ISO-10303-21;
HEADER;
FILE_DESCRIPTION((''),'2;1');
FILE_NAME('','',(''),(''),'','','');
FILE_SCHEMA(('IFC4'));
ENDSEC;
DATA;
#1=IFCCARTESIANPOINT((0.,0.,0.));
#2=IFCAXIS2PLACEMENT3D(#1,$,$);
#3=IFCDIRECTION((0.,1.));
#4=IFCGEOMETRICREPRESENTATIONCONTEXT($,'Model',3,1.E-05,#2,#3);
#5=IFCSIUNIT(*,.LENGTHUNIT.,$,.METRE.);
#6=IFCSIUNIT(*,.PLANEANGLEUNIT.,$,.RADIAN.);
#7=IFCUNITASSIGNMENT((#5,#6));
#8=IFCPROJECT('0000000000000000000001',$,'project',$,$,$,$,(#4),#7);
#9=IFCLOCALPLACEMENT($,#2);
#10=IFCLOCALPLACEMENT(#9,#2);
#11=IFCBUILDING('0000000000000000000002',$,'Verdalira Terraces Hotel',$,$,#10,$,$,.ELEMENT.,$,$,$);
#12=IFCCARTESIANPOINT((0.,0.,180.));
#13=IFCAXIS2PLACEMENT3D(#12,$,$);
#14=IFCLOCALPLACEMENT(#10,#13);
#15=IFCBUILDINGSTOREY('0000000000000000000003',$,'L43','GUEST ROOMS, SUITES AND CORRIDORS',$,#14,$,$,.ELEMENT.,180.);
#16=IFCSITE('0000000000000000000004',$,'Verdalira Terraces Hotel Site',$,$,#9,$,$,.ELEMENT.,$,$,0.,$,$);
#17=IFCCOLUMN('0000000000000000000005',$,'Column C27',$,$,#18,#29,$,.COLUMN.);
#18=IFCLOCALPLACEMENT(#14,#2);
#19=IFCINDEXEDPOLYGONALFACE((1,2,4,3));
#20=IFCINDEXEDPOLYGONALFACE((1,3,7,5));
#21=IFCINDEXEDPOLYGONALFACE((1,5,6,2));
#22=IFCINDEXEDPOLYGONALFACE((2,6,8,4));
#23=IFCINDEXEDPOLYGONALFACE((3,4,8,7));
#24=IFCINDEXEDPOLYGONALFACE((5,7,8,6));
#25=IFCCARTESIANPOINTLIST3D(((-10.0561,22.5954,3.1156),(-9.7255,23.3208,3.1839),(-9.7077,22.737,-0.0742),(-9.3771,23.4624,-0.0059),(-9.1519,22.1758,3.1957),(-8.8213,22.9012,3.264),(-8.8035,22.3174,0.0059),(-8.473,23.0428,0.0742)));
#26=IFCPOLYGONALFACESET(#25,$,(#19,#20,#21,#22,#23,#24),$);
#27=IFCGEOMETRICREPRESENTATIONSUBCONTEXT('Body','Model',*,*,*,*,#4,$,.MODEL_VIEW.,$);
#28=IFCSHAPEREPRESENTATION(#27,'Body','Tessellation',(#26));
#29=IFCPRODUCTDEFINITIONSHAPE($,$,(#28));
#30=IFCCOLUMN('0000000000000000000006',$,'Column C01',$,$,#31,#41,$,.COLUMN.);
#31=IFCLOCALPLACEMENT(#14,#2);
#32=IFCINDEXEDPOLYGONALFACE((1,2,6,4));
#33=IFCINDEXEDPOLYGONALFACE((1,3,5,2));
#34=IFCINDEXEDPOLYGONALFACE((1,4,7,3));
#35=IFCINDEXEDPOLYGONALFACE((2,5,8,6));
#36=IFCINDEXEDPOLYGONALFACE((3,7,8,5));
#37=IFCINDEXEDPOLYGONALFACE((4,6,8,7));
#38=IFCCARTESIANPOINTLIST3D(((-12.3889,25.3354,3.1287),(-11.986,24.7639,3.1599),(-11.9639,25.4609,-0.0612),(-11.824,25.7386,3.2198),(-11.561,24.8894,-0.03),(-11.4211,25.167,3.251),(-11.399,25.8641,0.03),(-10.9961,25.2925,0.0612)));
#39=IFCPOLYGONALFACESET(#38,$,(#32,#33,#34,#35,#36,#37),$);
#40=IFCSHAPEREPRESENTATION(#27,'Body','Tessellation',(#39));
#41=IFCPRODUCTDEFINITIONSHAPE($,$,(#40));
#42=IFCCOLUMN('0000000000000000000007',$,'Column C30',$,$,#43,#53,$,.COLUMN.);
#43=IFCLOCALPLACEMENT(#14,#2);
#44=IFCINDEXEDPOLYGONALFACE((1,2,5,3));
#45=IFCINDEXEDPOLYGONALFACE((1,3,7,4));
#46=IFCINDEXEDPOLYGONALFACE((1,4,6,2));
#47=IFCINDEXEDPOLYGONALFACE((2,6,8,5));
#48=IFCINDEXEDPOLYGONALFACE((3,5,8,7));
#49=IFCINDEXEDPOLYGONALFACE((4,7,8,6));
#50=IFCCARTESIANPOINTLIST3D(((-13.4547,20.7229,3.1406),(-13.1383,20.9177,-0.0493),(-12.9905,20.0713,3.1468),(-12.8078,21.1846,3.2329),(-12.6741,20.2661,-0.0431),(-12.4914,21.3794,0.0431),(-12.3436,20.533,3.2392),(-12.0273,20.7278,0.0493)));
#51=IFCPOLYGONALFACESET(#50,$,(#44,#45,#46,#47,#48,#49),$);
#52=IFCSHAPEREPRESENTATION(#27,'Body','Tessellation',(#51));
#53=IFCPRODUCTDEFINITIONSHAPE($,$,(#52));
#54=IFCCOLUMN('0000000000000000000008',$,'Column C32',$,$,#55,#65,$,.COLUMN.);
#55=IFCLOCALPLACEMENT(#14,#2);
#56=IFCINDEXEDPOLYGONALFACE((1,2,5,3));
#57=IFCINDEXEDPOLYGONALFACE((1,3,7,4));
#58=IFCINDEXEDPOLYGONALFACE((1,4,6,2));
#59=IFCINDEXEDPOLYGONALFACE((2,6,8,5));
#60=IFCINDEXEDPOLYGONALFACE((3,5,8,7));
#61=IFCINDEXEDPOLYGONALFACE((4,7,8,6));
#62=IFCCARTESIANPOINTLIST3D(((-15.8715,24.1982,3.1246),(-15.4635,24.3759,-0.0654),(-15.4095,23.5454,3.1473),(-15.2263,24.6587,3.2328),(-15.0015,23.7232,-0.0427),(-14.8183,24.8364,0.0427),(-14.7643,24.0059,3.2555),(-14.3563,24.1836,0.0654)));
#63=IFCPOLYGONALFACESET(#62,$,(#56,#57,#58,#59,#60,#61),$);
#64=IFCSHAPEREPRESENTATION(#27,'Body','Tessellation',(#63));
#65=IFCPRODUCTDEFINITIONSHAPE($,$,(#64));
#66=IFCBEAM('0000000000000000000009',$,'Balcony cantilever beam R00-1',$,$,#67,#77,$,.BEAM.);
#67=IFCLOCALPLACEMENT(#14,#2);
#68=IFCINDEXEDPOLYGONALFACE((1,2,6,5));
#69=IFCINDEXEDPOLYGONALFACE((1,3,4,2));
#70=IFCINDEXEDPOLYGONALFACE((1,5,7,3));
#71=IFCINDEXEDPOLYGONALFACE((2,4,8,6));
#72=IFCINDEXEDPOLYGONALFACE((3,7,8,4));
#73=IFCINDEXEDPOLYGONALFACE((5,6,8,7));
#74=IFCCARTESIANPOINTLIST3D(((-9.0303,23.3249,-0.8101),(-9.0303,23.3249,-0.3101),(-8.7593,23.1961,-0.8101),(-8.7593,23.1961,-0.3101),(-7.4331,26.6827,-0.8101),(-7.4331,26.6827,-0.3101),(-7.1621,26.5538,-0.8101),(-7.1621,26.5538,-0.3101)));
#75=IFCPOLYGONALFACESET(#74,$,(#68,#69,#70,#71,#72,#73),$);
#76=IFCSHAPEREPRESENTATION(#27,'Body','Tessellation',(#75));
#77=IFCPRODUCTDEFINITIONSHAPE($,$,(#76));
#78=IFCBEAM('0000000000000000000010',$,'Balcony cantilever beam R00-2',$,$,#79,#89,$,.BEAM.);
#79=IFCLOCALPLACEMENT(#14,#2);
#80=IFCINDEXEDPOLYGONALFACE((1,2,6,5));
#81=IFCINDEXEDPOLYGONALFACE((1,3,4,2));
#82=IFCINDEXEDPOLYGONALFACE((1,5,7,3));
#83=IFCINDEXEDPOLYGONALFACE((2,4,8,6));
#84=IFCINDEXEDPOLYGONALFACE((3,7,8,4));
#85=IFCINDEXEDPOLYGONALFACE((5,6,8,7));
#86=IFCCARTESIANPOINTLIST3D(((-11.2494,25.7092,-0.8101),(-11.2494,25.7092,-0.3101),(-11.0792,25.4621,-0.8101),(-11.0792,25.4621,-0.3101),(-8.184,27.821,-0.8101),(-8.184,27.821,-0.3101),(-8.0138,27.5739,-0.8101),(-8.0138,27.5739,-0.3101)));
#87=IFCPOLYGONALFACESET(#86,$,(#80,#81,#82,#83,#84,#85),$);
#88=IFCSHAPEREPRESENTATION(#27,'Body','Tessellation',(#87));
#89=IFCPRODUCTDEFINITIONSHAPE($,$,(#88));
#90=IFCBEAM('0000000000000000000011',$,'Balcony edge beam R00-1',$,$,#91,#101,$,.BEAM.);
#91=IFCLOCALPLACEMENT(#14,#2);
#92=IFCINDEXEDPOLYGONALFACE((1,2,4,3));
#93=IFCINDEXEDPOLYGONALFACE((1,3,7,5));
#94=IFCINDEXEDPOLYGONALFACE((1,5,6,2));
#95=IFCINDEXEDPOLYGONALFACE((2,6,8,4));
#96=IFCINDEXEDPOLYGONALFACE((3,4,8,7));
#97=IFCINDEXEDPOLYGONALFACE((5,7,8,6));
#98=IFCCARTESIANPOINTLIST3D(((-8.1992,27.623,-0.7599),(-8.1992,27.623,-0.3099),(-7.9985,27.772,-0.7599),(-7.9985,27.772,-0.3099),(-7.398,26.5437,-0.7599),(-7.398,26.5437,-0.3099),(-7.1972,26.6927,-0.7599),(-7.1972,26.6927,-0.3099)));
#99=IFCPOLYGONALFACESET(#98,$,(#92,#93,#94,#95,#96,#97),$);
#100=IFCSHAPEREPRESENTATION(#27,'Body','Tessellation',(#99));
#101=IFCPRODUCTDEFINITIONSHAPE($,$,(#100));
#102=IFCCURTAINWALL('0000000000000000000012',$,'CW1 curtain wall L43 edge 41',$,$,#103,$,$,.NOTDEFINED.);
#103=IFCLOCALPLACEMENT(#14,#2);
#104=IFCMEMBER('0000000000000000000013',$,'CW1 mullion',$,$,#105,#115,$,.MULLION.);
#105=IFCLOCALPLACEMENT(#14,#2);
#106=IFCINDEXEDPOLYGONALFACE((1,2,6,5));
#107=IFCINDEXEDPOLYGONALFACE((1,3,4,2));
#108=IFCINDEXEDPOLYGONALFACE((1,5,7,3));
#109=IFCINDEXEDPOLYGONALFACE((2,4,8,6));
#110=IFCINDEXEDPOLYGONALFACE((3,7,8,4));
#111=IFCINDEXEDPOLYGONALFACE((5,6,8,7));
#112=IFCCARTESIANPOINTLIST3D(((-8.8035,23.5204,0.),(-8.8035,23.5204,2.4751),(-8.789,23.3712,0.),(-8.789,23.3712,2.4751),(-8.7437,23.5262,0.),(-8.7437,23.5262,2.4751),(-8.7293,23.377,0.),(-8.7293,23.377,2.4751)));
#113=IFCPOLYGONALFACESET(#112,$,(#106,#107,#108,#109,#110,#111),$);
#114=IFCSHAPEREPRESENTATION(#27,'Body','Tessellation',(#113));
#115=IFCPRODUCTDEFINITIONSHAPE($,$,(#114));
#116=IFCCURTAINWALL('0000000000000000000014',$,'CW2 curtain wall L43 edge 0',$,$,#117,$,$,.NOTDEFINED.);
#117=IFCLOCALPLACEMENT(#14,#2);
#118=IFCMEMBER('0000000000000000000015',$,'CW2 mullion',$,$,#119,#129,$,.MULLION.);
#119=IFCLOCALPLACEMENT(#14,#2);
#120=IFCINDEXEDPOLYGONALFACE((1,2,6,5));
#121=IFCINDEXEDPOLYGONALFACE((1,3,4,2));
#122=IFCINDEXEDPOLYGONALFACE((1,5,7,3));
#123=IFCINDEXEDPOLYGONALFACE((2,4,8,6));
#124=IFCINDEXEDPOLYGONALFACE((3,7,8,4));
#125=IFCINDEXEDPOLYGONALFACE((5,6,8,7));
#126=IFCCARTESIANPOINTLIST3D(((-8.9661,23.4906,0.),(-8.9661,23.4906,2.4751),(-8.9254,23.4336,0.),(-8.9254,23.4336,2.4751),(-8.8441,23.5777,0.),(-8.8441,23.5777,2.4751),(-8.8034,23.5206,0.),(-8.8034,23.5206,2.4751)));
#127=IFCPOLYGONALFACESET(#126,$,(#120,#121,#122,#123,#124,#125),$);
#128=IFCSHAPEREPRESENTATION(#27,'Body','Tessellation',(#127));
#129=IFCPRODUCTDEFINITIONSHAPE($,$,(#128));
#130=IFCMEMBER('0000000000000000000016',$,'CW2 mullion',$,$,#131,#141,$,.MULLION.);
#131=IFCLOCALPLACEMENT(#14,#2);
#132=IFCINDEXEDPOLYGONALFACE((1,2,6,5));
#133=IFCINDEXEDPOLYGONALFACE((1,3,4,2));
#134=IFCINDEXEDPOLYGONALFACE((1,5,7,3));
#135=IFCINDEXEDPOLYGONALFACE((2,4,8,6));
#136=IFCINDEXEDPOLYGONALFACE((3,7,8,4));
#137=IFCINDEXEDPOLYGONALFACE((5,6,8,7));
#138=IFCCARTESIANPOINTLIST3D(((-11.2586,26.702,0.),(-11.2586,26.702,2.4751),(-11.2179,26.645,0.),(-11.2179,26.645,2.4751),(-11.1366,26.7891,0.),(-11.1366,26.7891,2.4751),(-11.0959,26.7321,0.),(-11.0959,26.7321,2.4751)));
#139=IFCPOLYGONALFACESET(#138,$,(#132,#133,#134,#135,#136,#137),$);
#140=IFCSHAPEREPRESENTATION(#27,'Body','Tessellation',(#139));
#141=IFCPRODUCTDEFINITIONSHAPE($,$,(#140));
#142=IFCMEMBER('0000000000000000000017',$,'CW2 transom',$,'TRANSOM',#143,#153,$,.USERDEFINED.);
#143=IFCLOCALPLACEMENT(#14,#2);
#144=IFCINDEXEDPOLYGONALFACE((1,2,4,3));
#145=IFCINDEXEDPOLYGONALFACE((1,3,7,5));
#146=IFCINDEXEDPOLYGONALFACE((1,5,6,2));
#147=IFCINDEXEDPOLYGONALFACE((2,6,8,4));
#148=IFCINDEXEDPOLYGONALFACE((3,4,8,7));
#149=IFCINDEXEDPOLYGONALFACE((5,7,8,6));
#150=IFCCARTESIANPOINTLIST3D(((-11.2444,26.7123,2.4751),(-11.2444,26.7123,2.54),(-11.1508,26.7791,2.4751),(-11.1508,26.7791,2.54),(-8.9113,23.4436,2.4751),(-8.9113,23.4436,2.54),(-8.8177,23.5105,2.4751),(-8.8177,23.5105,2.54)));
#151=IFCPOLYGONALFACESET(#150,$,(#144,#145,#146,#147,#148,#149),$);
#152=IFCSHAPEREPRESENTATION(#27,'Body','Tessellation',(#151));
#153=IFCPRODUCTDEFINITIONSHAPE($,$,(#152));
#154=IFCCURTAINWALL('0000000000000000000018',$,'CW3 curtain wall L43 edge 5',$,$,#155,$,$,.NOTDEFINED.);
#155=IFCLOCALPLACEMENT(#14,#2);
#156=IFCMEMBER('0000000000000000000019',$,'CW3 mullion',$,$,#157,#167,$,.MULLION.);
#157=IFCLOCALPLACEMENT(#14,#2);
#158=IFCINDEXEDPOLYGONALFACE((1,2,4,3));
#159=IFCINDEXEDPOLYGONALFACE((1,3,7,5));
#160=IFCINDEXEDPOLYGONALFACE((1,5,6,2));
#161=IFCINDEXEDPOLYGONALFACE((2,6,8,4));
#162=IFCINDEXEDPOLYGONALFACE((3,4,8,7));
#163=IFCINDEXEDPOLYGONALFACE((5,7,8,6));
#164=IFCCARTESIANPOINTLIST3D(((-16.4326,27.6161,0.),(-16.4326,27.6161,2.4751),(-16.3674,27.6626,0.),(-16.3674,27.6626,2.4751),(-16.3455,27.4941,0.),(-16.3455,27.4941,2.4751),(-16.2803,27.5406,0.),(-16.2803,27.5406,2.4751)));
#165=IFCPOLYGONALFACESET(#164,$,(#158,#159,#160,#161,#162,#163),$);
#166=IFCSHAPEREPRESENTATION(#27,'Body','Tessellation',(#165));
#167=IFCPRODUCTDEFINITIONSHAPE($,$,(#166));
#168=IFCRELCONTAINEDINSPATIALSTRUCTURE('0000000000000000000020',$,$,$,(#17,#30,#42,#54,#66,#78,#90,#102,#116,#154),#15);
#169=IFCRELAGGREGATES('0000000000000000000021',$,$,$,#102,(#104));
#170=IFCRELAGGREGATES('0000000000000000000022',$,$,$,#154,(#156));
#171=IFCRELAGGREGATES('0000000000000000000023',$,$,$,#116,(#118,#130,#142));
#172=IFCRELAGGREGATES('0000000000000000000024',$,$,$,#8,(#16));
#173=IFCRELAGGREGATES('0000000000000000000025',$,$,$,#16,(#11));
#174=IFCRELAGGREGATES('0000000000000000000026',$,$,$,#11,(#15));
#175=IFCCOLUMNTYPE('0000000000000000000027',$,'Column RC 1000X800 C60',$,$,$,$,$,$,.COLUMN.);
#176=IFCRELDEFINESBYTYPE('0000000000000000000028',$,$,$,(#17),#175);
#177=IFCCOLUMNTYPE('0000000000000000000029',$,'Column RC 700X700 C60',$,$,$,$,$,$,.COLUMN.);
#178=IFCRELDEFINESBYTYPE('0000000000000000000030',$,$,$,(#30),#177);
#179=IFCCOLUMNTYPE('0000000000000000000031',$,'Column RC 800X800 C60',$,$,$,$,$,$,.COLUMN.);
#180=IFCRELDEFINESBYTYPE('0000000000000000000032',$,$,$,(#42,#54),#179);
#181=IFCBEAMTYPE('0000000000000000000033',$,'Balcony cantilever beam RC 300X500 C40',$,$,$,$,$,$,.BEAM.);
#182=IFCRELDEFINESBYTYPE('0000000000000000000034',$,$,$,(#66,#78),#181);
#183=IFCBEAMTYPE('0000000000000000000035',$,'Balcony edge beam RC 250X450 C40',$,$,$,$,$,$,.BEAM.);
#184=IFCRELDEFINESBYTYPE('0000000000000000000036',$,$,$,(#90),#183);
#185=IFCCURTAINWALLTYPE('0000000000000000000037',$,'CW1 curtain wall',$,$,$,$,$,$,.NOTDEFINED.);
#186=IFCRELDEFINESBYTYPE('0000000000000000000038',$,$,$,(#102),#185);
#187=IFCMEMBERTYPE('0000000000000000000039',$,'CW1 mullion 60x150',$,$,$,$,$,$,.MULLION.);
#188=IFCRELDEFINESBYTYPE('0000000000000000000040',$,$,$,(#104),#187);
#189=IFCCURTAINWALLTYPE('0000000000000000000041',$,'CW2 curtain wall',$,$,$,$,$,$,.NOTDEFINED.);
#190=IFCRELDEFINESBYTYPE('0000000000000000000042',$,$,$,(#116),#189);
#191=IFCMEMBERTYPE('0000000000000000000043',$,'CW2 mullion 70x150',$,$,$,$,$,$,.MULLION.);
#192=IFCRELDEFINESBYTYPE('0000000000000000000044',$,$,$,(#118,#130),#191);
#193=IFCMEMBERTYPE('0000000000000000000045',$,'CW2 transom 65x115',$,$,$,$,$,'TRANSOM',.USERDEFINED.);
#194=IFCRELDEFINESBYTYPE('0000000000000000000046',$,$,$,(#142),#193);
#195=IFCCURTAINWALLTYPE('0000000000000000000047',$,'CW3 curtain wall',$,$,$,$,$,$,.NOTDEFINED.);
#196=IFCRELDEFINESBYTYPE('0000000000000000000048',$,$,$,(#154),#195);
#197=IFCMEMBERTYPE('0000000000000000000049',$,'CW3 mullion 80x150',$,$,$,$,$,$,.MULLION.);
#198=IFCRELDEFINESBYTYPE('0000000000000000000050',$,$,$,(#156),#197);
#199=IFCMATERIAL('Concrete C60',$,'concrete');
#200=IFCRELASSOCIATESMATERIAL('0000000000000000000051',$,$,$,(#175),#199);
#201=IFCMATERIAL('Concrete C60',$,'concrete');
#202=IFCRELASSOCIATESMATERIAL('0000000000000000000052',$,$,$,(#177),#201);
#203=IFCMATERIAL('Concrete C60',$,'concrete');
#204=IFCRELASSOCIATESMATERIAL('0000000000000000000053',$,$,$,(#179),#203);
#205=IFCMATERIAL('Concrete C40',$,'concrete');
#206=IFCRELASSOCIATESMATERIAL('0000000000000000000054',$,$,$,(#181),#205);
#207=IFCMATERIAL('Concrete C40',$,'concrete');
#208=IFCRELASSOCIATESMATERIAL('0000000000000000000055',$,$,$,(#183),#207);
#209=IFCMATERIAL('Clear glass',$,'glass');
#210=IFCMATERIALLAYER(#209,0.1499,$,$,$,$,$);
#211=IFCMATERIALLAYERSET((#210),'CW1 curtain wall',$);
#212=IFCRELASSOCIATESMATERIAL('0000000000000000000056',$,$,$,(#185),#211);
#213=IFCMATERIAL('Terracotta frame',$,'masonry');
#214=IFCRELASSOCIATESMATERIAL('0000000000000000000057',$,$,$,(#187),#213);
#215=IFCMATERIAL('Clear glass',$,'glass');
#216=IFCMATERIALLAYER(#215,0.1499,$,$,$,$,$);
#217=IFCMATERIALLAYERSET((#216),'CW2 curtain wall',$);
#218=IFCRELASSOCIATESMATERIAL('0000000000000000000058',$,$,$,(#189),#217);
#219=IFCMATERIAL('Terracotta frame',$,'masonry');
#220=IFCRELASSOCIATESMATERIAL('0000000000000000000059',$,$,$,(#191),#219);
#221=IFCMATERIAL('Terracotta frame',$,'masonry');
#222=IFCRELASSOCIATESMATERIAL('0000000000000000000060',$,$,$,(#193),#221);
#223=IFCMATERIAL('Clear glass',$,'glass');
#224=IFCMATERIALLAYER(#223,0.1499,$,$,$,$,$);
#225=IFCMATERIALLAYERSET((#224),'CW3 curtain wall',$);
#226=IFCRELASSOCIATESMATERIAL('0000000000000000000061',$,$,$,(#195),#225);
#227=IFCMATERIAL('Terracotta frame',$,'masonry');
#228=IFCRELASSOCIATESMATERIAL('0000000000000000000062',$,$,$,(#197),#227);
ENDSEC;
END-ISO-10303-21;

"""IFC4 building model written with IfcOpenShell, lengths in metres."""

from ifc_helpers import new_model, si_unit, direction, frame, origin, origin_2d, place, context, subcontext, project, spatial, rectangle, extrude, material, layer, layer_set, material_profile, profile_set, type_object, element, aggregate, save


model = new_model("IFC4")

# Units and contexts
model_context = context("Model", 3, precision=1e-05, world=origin(), true_north=direction((0.0, 1.0)))
body_context = subcontext(model_context, "Body", "Model", "MODEL_VIEW")
ifc_project = project(units=[si_unit("LENGTHUNIT", "METRE"), si_unit("PLANEANGLEUNIT", "RADIAN")], contexts=[model_context])

# Site, building, storey
site_placement = place(None, origin())
site = spatial("IfcSite", under=ifc_project, at=site_placement, Name="Verdalira Terraces Hotel Site", CompositionType="ELEMENT", RefElevation=0.0)
building_placement = place(site_placement, origin())
building = spatial("IfcBuilding", under=site, at=building_placement, Name="Verdalira Terraces Hotel", CompositionType="ELEMENT")
storey_placement = place(building_placement, frame((0.0, 0.0, 180.0)))
storey = spatial("IfcBuildingStorey", under=building, at=storey_placement, Name="L43", Description="GUEST ROOMS, SUITES AND CORRIDORS", CompositionType="ELEMENT", Elevation=180.0)

# Columns
ifc_material_1 = material(Name="Concrete C60", Category="concrete")
ifc_material_profile_1 = material_profile(ifc_material_1, rectangle(XDim=1.0, YDim=0.8, at=origin_2d()), Name="RC 1000X800")
ifc_profile_set_1 = profile_set([ifc_material_profile_1], Name="Concrete C60")
column_type_1 = type_object("IfcColumnType", Name="Column RC 1000X800 C60", PredefinedType="COLUMN", material=ifc_profile_set_1)
column_1_placement = place(storey_placement, frame((-9.0903, 22.8899, 0.0), z_axis=(-0.108464, -0.044085, 0.993122), x_axis=(0.904163, -0.419607, 0.080122)))
element("IfcColumn", 1, at=column_1_placement, inside=storey, type_object=column_type_1, Name="Column C27", PredefinedType="COLUMN", context=body_context, shape_type="SweptSolid", body=[
    extrude(rectangle(XDim=1.0, YDim=0.8, at=origin_2d()), origin(), (0.0, 0.0, 1.0), 3.2119),
])
ifc_material_2 = material(Name="Concrete C60", Category="concrete")
ifc_material_profile_2 = material_profile(ifc_material_2, rectangle(XDim=0.7, YDim=0.7, at=origin_2d()), Name="RC 700X700")
ifc_profile_set_2 = profile_set([ifc_material_profile_2], Name="Concrete C60")
column_type_2 = type_object("IfcColumnType", Name="Column RC 700X700 C60", PredefinedType="COLUMN", material=ifc_profile_set_2)
column_2_placement = place(storey_placement, frame((-11.48, 25.3767, 0.0), z_axis=(-0.131979, -0.038964, 0.990486), x_axis=(-0.575542, 0.816557, -0.044567)))
element("IfcColumn", 2, at=column_2_placement, inside=storey, type_object=column_type_2, Name="Column C01", PredefinedType="COLUMN", context=body_context, shape_type="SweptSolid", body=[
    extrude(rectangle(XDim=0.7, YDim=0.7, at=origin_2d()), origin(), (0.0, 0.0, 1.0), 3.2205),
])
ifc_material_3 = material(Name="Concrete C60", Category="concrete")
ifc_material_profile_3 = material_profile(ifc_material_3, rectangle(XDim=0.8, YDim=0.8, at=origin_2d()), Name="RC 800X800")
ifc_profile_set_3 = profile_set([ifc_material_profile_3], Name="Concrete C60")
column_type_3 = type_object("IfcColumnType", Name="Column RC 800X800 C60", PredefinedType="COLUMN", material=ifc_profile_set_3)
column_3_placement = place(storey_placement, frame((-12.5828, 20.8228, 0.0), z_axis=(-0.098523, -0.060664, 0.993284), x_axis=(-0.580209, 0.81443, -0.007809)))
element("IfcColumn", 3, at=column_3_placement, inside=storey, type_object=column_type_3, Name="Column C30", PredefinedType="COLUMN", context=body_context, shape_type="SweptSolid", body=[
    extrude(rectangle(XDim=0.8, YDim=0.8, at=origin_2d()), origin(), (0.0, 0.0, 1.0), 3.2114),
])
column_4_placement = place(storey_placement, frame((-14.9099, 24.2798, 0.0), z_axis=(-0.126663, -0.055183, 0.99041), x_axis=(-0.577485, 0.815907, -0.028394)))
element("IfcColumn", 4, at=column_4_placement, inside=storey, type_object=column_type_3, Name="Column C32", PredefinedType="COLUMN", context=body_context, shape_type="SweptSolid", body=[
    extrude(rectangle(XDim=0.8, YDim=0.8, at=origin_2d()), origin(), (0.0, 0.0, 1.0), 3.2209),
])

# Beams
ifc_material_4 = material(Name="Concrete C40", Category="concrete")
ifc_material_profile_4 = material_profile(ifc_material_4, rectangle(XDim=0.3, YDim=0.5, at=origin_2d()), Name="RC 300X500")
ifc_profile_set_4 = profile_set([ifc_material_profile_4], Name="Concrete C40")
beam_type_1 = type_object("IfcBeamType", Name="Balcony cantilever beam RC 300X500 C40", PredefinedType="BEAM", material=ifc_profile_set_4)
beam_1_placement = place(storey_placement, frame((-8.8948, 23.2605, -0.5601), z_axis=(0.429556, 0.90304, 0.0), x_axis=(-0.90304, 0.429556, 0.0)))
element("IfcBeam", 5, at=beam_1_placement, inside=storey, type_object=beam_type_1, Name="Balcony cantilever beam R00-1", PredefinedType="BEAM", context=body_context, shape_type="SweptSolid", body=[
    extrude(rectangle(XDim=0.3, YDim=0.5, at=origin_2d()), origin(), (0.0, 0.0, 1.0), 3.7183),
])
beam_2_placement = place(storey_placement, frame((-11.1643, 25.5857, -0.5601), z_axis=(0.823498, 0.567319, 0.0), x_axis=(-0.567319, 0.823498, 0.0)))
element("IfcBeam", 6, at=beam_2_placement, inside=storey, type_object=beam_type_1, Name="Balcony cantilever beam R00-2", PredefinedType="BEAM", context=body_context, shape_type="SweptSolid", body=[
    extrude(rectangle(XDim=0.3, YDim=0.5, at=origin_2d()), origin(), (0.0, 0.0, 1.0), 3.7224),
])
ifc_material_5 = material(Name="Concrete C40", Category="concrete")
ifc_material_profile_5 = material_profile(ifc_material_5, rectangle(XDim=0.25, YDim=0.45, at=origin_2d()), Name="RC 250X450")
ifc_profile_set_5 = profile_set([ifc_material_profile_5], Name="Concrete C40")
beam_type_2 = type_object("IfcBeamType", Name="Balcony edge beam RC 250X450 C40", PredefinedType="BEAM", material=ifc_profile_set_5)
beam_3_placement = place(storey_placement, frame((-7.2976, 26.6182, -0.5349), z_axis=(-0.59607, 0.802933, 0.0), x_axis=(-0.802933, -0.59607, 0.0)))
element("IfcBeam", 7, at=beam_3_placement, inside=storey, type_object=beam_type_2, Name="Balcony edge beam R00-1", PredefinedType="BEAM", context=body_context, shape_type="SweptSolid", body=[
    extrude(rectangle(XDim=0.25, YDim=0.45, at=origin_2d()), origin(), (0.0, 0.0, 1.0), 1.3442),
])

# Curtain wall, member
ifc_material_6 = material(Name="Clear glass", Category="glass")
ifc_layer_1 = layer(ifc_material_6, 0.1499)
ifc_layer_set_1 = layer_set([ifc_layer_1], Name="CW1 curtain wall")
curtain_wall_type_1 = type_object("IfcCurtainWallType", Name="CW1 curtain wall", PredefinedType="NOTDEFINED", material=ifc_layer_set_1)
curtain_wall_1_placement = place(storey_placement, origin())
curtain_wall_1 = element("IfcCurtainWall", 8, at=curtain_wall_1_placement, inside=storey, type_object=curtain_wall_type_1, Name="CW1 curtain wall L43 edge 41", PredefinedType="NOTDEFINED")
ifc_material_7 = material(Name="Terracotta frame", Category="masonry")
ifc_material_profile_6 = material_profile(ifc_material_7, rectangle(XDim=0.0601, YDim=0.1499, at=origin_2d()), Name="MU 60x150")
ifc_profile_set_6 = profile_set([ifc_material_profile_6], Name="Terracotta frame")
member_type_1 = type_object("IfcMemberType", Name="CW1 mullion 60x150", PredefinedType="MULLION", material=ifc_profile_set_6)
member_1_placement = place(storey_placement, frame((-8.7664, 23.4487, 0.0), z_axis=(0.0, 0.0, 1.0), x_axis=(-0.995363, -0.096193, 0.0)))
member_1 = element("IfcMember", 9, at=member_1_placement, type_object=member_type_1, Name="CW1 mullion", PredefinedType="MULLION", context=body_context, shape_type="SweptSolid", body=[
    extrude(rectangle(XDim=0.0601, YDim=0.1499, at=origin_2d()), origin(), (0.0, 0.0, 1.0), 2.4751),
])
aggregate(curtain_wall_1, [member_1])

# Curtain walls, members
ifc_material_8 = material(Name="Clear glass", Category="glass")
ifc_layer_2 = layer(ifc_material_8, 0.1499)
ifc_layer_set_2 = layer_set([ifc_layer_2], Name="CW2 curtain wall")
curtain_wall_type_2 = type_object("IfcCurtainWallType", Name="CW2 curtain wall", PredefinedType="NOTDEFINED", material=ifc_layer_set_2)
curtain_wall_2_placement = place(storey_placement, origin())
curtain_wall_2 = element("IfcCurtainWall", 10, at=curtain_wall_2_placement, inside=storey, type_object=curtain_wall_type_2, Name="CW2 curtain wall L43 edge 0", PredefinedType="NOTDEFINED")
ifc_material_9 = material(Name="Terracotta frame", Category="masonry")
ifc_material_profile_7 = material_profile(ifc_material_9, rectangle(XDim=0.0701, YDim=0.1499, at=origin_2d()), Name="MU 70x150")
ifc_profile_set_7 = profile_set([ifc_material_profile_7], Name="Terracotta frame")
member_type_2 = type_object("IfcMemberType", Name="CW2 mullion 70x150", PredefinedType="MULLION", material=ifc_profile_set_7)
member_2_placement = place(storey_placement, frame((-8.8848, 23.5056, 0.0), z_axis=(0.0, 0.0, 1.0), x_axis=(-0.580987, 0.813913, 0.0)))
member_2 = element("IfcMember", 11, at=member_2_placement, type_object=member_type_2, Name="CW2 mullion", PredefinedType="MULLION", context=body_context, shape_type="SweptSolid", body=[
    extrude(rectangle(XDim=0.0701, YDim=0.1499, at=origin_2d()), origin(), (0.0, 0.0, 1.0), 2.4751),
])
member_3_placement = place(storey_placement, frame((-11.1772, 26.717, 0.0), z_axis=(0.0, 0.0, 1.0), x_axis=(-0.580987, 0.813913, 0.0)))
member_3 = element("IfcMember", 12, at=member_3_placement, type_object=member_type_2, Name="CW2 mullion", PredefinedType="MULLION", context=body_context, shape_type="SweptSolid", body=[
    extrude(rectangle(XDim=0.0701, YDim=0.1499, at=origin_2d()), origin(), (0.0, 0.0, 1.0), 2.4751),
])
ifc_material_10 = material(Name="Terracotta frame", Category="masonry")
ifc_material_profile_8 = material_profile(ifc_material_10, rectangle(XDim=0.115, YDim=0.0649, at=origin_2d()), Name="TR 65x115")
ifc_profile_set_8 = profile_set([ifc_material_profile_8], Name="Terracotta frame")
member_type_3 = type_object("IfcMemberType", Name="CW2 transom 65x115", ElementType="TRANSOM", PredefinedType="USERDEFINED", material=ifc_profile_set_8)
member_4_placement = place(storey_placement, frame((-8.8645, 23.4771, 2.5076), z_axis=(-0.580962, 0.813931, 0.0), x_axis=(-0.813931, -0.580962, 0.0)))
member_4 = element("IfcMember", 13, at=member_4_placement, type_object=member_type_3, Name="CW2 transom", ObjectType="TRANSOM", PredefinedType="USERDEFINED", context=body_context, shape_type="SweptSolid", body=[
    extrude(rectangle(XDim=0.115, YDim=0.0649, at=origin_2d()), origin(), (0.0, 0.0, 1.0), 4.0159),
])
ifc_material_11 = material(Name="Clear glass", Category="glass")
ifc_layer_3 = layer(ifc_material_11, 0.1499)
ifc_layer_set_3 = layer_set([ifc_layer_3], Name="CW3 curtain wall")
curtain_wall_type_3 = type_object("IfcCurtainWallType", Name="CW3 curtain wall", PredefinedType="NOTDEFINED", material=ifc_layer_set_3)
curtain_wall_3_placement = place(storey_placement, origin())
curtain_wall_3 = element("IfcCurtainWall", 14, at=curtain_wall_3_placement, inside=storey, type_object=curtain_wall_type_3, Name="CW3 curtain wall L43 edge 5", PredefinedType="NOTDEFINED")
ifc_material_12 = material(Name="Terracotta frame", Category="masonry")
ifc_material_profile_9 = material_profile(ifc_material_12, rectangle(XDim=0.0801, YDim=0.1499, at=origin_2d()), Name="MU 80x150")
ifc_profile_set_9 = profile_set([ifc_material_profile_9], Name="Terracotta frame")
member_type_4 = type_object("IfcMemberType", Name="CW3 mullion 80x150", PredefinedType="MULLION", material=ifc_profile_set_9)
member_5_placement = place(storey_placement, frame((-16.3564, 27.5784, 0.0), z_axis=(0.0, 0.0, 1.0), x_axis=(-0.813913, -0.580987, 0.0)))
member_5 = element("IfcMember", 15, at=member_5_placement, type_object=member_type_4, Name="CW3 mullion", PredefinedType="MULLION", context=body_context, shape_type="SweptSolid", body=[
    extrude(rectangle(XDim=0.0801, YDim=0.1499, at=origin_2d()), origin(), (0.0, 0.0, 1.0), 2.4751),
])
aggregate(curtain_wall_3, [member_5])

aggregate(curtain_wall_2, [member_2, member_3, member_4])

save(model, "model.ifc")
